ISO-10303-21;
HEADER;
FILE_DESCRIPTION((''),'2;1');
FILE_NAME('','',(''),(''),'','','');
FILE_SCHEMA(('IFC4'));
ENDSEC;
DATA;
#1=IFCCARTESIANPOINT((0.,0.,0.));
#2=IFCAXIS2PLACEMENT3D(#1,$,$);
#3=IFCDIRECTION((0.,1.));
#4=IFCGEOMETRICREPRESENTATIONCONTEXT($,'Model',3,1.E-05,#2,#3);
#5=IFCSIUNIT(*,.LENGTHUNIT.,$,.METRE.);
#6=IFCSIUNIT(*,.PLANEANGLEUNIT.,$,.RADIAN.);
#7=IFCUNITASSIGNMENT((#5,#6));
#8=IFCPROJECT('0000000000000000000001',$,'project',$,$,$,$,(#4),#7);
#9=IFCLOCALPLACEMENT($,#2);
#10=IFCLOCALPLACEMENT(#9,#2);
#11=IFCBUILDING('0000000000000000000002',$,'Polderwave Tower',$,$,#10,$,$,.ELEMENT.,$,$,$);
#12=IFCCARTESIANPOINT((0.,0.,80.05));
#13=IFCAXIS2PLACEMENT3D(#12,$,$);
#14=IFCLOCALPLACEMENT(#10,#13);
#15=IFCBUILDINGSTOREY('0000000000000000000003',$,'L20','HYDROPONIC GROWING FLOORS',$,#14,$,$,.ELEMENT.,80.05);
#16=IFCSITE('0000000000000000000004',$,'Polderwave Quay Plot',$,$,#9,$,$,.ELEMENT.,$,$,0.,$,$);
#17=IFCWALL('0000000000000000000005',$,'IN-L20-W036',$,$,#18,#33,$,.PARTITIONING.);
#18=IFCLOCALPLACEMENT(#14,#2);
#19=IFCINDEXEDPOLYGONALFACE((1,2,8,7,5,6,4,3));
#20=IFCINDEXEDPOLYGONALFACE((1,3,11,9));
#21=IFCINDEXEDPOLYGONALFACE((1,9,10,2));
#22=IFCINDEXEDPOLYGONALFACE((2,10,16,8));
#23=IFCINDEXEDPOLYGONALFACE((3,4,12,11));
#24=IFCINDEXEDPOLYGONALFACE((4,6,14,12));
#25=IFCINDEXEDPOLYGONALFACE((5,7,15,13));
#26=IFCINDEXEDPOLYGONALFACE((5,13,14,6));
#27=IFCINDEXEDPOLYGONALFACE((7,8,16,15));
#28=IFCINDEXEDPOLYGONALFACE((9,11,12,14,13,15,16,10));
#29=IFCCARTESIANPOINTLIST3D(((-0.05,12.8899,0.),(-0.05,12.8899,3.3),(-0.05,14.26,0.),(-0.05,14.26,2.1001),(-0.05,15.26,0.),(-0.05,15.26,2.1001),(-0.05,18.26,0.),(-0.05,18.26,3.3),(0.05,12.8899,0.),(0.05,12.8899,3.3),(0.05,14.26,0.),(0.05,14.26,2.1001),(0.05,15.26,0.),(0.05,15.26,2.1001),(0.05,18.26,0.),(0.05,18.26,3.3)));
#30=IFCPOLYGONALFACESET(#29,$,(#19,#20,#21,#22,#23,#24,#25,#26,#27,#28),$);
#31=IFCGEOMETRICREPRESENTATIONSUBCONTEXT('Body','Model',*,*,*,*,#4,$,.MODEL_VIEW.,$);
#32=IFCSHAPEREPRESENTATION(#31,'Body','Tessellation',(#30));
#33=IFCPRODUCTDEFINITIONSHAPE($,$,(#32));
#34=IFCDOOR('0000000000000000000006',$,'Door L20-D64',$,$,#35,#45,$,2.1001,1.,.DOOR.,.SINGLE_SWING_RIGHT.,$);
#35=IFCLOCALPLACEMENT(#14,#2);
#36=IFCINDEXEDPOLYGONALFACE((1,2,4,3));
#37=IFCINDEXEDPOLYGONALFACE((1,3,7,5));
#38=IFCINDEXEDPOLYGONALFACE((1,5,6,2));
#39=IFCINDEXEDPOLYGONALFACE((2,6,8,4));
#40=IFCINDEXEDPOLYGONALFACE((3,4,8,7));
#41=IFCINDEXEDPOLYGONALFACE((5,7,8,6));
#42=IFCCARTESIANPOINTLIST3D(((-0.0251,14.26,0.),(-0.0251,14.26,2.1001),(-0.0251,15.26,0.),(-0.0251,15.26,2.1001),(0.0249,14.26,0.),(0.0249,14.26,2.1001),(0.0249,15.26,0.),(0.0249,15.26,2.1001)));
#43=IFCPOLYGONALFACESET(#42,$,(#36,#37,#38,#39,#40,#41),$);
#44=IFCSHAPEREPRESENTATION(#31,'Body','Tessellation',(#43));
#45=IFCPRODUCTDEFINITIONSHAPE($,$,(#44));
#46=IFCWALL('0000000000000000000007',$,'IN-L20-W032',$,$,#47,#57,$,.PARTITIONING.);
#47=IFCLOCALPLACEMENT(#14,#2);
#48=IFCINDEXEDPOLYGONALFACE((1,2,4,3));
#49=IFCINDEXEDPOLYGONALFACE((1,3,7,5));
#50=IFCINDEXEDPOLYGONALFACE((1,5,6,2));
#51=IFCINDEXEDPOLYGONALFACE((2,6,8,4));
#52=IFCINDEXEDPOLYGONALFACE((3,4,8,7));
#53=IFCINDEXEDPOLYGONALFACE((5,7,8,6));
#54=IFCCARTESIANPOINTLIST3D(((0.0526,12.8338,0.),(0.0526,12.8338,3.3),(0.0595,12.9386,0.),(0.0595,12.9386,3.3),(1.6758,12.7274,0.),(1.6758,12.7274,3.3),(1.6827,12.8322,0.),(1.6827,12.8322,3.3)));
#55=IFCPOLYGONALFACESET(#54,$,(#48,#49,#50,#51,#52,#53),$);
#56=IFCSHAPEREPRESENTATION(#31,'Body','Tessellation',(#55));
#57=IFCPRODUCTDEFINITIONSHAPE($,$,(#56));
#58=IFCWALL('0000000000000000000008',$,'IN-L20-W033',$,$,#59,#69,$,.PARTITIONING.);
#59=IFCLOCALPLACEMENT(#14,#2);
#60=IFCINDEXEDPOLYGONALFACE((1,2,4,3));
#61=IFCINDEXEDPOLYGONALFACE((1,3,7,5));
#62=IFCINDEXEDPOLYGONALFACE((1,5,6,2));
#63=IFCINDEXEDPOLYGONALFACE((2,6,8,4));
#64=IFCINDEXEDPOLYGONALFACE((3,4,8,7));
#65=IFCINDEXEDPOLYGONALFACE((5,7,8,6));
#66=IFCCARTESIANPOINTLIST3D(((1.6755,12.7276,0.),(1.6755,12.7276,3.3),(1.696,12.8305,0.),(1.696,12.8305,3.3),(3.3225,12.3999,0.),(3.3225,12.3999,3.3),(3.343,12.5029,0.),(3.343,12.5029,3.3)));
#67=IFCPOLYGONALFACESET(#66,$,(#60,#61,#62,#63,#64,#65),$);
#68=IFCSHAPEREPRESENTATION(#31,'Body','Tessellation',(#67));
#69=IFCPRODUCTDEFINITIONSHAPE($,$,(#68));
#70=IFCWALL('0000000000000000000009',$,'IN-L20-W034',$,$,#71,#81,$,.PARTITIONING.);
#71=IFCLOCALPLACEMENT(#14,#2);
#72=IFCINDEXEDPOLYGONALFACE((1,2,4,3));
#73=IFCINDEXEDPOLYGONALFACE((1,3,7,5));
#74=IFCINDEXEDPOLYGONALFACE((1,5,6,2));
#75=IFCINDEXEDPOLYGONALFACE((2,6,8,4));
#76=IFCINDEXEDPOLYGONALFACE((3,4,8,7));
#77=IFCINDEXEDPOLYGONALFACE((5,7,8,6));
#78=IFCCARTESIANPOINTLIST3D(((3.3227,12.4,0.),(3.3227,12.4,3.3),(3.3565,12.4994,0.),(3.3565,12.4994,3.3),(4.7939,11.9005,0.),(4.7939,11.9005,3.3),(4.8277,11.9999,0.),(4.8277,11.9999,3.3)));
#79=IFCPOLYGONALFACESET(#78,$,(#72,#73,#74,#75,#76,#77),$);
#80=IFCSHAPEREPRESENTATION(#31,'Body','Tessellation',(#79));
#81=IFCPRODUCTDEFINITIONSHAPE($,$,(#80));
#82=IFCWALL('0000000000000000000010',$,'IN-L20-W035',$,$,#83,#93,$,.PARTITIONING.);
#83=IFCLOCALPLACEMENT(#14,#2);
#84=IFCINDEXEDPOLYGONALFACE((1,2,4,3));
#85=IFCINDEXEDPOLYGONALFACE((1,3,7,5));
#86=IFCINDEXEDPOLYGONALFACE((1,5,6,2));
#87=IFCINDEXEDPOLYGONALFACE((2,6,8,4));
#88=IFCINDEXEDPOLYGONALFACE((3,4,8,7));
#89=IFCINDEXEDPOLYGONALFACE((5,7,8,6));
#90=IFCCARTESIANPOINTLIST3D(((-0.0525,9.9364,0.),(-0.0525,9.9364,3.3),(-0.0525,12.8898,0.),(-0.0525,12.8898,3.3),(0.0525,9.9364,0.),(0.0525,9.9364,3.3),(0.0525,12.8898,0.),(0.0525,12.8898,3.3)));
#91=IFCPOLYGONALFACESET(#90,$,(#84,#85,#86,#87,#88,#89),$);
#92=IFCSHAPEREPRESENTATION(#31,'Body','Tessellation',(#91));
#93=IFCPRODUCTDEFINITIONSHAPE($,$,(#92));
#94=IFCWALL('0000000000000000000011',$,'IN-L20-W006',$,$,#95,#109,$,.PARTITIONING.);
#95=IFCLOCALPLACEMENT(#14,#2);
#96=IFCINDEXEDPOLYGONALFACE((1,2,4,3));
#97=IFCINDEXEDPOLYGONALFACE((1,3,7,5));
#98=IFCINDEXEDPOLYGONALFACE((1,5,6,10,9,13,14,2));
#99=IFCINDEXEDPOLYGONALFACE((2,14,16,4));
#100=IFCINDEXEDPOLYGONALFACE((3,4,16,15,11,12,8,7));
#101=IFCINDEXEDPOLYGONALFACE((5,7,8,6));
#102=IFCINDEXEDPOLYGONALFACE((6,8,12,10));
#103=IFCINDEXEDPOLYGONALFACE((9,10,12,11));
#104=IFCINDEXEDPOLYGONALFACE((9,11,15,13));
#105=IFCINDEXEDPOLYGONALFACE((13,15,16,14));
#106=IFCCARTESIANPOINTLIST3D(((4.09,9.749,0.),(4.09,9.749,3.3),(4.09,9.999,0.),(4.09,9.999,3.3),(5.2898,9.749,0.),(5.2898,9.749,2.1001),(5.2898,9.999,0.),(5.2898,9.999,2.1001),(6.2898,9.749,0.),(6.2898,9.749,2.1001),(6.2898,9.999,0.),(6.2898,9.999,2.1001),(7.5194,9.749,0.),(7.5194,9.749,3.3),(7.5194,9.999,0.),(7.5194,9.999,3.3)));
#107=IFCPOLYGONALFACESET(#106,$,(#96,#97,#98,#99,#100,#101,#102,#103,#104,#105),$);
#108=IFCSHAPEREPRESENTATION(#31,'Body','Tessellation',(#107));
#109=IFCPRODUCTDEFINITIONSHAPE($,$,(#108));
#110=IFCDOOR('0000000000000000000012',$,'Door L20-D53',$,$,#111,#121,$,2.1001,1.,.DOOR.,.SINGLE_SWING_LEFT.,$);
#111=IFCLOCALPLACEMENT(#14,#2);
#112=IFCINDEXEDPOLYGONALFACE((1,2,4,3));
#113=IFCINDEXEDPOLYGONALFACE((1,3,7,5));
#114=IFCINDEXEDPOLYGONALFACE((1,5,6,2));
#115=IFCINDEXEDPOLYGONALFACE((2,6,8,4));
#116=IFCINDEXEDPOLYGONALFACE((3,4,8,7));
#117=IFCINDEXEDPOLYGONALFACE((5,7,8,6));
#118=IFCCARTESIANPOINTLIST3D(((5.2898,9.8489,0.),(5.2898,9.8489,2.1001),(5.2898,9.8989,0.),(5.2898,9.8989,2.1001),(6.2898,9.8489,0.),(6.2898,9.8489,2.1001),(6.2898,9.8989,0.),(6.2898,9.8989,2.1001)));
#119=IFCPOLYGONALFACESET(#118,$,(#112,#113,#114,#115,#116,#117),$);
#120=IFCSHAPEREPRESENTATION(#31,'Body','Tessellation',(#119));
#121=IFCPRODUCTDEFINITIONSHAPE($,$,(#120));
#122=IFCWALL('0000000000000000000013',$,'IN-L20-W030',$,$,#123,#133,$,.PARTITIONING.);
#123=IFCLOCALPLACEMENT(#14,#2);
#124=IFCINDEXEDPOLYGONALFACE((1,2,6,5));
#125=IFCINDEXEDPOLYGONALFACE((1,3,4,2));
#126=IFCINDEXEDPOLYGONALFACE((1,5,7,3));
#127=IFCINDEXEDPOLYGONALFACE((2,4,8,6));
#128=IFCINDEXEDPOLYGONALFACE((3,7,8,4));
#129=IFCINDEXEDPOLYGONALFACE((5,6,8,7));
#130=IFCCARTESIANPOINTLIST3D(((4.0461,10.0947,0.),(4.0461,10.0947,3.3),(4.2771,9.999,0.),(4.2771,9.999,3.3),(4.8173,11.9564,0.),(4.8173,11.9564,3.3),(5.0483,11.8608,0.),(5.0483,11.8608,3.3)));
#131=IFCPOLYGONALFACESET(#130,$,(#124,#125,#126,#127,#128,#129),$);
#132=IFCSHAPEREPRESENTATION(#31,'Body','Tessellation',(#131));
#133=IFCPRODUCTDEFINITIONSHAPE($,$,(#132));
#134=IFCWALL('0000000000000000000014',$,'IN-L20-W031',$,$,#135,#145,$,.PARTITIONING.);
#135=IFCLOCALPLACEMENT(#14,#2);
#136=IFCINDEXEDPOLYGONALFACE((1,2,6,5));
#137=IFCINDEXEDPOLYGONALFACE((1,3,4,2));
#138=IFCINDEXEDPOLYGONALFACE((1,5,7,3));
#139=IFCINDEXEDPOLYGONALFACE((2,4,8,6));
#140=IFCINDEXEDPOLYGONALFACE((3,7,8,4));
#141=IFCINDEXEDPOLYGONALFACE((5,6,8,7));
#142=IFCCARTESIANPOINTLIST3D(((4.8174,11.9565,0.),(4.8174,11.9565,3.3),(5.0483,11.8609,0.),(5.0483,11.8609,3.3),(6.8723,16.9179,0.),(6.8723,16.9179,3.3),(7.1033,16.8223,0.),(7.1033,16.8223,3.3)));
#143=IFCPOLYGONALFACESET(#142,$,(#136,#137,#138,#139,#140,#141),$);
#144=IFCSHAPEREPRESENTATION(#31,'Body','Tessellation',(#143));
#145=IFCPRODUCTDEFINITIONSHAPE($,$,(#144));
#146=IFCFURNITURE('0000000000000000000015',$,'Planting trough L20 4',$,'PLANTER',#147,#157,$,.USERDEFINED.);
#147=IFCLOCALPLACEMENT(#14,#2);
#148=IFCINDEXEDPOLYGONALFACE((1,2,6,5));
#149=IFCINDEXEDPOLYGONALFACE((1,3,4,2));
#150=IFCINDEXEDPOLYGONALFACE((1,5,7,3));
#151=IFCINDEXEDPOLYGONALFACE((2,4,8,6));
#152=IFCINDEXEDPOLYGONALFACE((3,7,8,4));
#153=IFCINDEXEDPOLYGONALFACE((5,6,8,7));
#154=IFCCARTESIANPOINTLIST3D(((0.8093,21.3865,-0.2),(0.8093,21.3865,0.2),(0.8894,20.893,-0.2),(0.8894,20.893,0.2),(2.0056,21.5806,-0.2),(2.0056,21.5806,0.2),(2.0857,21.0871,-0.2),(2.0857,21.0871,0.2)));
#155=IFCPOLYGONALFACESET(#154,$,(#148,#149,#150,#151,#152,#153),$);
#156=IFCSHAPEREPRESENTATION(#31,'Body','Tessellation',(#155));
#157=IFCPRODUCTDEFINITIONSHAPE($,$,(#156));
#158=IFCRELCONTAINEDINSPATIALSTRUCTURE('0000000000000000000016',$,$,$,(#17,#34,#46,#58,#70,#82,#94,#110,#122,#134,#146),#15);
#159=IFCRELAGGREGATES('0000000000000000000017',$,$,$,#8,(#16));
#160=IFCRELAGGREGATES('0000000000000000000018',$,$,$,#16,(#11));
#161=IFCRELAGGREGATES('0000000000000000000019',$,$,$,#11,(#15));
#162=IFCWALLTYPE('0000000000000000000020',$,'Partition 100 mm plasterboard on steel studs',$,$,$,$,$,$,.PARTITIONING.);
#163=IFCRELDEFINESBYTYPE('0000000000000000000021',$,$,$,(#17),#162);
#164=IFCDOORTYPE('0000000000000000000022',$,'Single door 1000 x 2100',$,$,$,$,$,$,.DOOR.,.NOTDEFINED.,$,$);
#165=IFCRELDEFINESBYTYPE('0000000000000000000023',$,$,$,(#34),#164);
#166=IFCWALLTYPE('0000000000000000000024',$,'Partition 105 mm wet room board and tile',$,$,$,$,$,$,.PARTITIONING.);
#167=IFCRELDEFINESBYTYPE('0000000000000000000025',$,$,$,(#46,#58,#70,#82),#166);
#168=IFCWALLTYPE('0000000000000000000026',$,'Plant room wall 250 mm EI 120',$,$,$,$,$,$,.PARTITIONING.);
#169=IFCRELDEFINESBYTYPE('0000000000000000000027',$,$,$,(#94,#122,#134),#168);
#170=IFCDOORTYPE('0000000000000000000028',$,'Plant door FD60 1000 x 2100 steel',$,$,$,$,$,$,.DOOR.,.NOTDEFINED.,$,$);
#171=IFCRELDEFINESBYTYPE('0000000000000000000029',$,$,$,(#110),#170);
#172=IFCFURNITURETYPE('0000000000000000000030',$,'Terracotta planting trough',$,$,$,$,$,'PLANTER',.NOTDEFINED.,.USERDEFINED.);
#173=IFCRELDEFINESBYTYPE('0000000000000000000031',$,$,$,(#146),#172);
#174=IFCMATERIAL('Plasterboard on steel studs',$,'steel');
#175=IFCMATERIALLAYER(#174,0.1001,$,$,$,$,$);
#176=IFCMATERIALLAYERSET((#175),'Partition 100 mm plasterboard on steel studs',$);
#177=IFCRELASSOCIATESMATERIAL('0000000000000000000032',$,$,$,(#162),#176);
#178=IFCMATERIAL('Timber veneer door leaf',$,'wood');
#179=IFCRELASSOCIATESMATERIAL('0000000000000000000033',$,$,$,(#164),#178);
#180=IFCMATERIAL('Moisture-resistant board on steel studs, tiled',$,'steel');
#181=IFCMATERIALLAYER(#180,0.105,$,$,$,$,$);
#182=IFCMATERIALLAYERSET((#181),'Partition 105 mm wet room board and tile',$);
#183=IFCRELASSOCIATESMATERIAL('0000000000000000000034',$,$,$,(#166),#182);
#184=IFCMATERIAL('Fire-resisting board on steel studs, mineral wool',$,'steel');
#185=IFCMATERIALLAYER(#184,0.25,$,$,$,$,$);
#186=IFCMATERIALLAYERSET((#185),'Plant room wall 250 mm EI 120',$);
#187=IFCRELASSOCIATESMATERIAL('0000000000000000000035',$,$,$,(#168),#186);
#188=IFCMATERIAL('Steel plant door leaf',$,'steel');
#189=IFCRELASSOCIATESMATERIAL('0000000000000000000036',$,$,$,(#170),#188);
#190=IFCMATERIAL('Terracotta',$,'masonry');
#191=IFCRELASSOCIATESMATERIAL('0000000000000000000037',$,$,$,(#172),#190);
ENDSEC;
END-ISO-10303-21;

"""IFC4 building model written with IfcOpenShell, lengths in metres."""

from ifc_helpers import new_model, si_unit, direction, frame, frame_2d, origin, origin_2d, place, context, subcontext, project, spatial, rectangle, extrude, material, layer, layer_set, type_object, element, fill, save


model = new_model("IFC4")

# Units and contexts
model_context = context("Model", 3, precision=1e-05, world=origin(), true_north=direction((0.0, 1.0)))
body_context = subcontext(model_context, "Body", "Model", "MODEL_VIEW")
ifc_project = project(units=[si_unit("LENGTHUNIT", "METRE"), si_unit("PLANEANGLEUNIT", "RADIAN")], contexts=[model_context])

# Site, building, storey
site_placement = place(None, origin())
site = spatial("IfcSite", under=ifc_project, at=site_placement, Name="Polderwave Quay Plot", CompositionType="ELEMENT", RefElevation=0.0)
building_placement = place(site_placement, origin())
building = spatial("IfcBuilding", under=site, at=building_placement, Name="Polderwave Tower", CompositionType="ELEMENT")
storey_placement = place(building_placement, frame((0.0, 0.0, 80.05)))
storey = spatial("IfcBuildingStorey", under=building, at=storey_placement, Name="L20", Description="HYDROPONIC GROWING FLOORS", CompositionType="ELEMENT", Elevation=80.05)

# Wall, opening, door
ifc_material_1 = material(Name="Plasterboard on steel studs", Category="steel")
ifc_layer_1 = layer(ifc_material_1, 0.1001)
ifc_layer_set_1 = layer_set([ifc_layer_1], Name="Partition 100 mm plasterboard on steel studs")
wall_type_1 = type_object("IfcWallType", Name="Partition 100 mm plasterboard on steel studs", PredefinedType="PARTITIONING", material=ifc_layer_set_1)
wall_1_placement = place(storey_placement, frame((0.0, 18.26, 0.0), z_axis=(0.0, 0.0, 1.0), x_axis=(0.0, -1.0, 0.0)))
wall_1 = element("IfcWall", 1, at=wall_1_placement, inside=storey, type_object=wall_type_1, Name="IN-L20-W036", PredefinedType="PARTITIONING", context=body_context, shape_type="SweptSolid", body=[
    extrude(rectangle(XDim=5.3701, YDim=0.1001, at=frame_2d((2.6851, 0.0))), origin(), (0.0, 0.0, 1.0), 3.3),
])
opening_1_placement = place(wall_1_placement, frame((3.0, 0.0, 0.0)))
opening_1 = element("IfcOpeningElement", 2, at=opening_1_placement, cuts=wall_1, PredefinedType="OPENING", context=body_context, shape_type="SweptSolid", body=[
    extrude(rectangle(XDim=1.0, YDim=2.1001, at=frame_2d((0.5, 1.05))), frame((0.0, 0.0601, 0.0), z_axis=(0.0, -1.0, 0.0), x_axis=(1.0, 0.0, 0.0)), (0.0, 0.0, 1.0), 0.1201),
])
ifc_material_2 = material(Name="Timber veneer door leaf", Category="wood")
door_type_1 = type_object("IfcDoorType", Name="Single door 1000 x 2100", OperationType="NOTDEFINED", PredefinedType="DOOR", material=ifc_material_2)
door_1_placement = place(opening_1_placement, origin())
door_1 = element("IfcDoor", 3, at=door_1_placement, inside=storey, type_object=door_type_1, Name="Door L20-D64", OperationType="SINGLE_SWING_RIGHT", OverallHeight=2.1001, OverallWidth=1.0, PredefinedType="DOOR", context=body_context, shape_type="SweptSolid", body=[
    extrude(rectangle(XDim=1.0, YDim=2.1001, at=frame_2d((0.5, 1.05))), frame((0.0, 0.0249, 0.0), z_axis=(0.0, -1.0, 0.0), x_axis=(1.0, 0.0, 0.0)), (0.0, 0.0, 1.0), 0.05),
])
fill(opening_1, door_1)

# Walls
ifc_material_3 = material(Name="Moisture-resistant board on steel studs, tiled", Category="steel")
ifc_layer_2 = layer(ifc_material_3, 0.105)
ifc_layer_set_2 = layer_set([ifc_layer_2], Name="Partition 105 mm wet room board and tile")
wall_type_2 = type_object("IfcWallType", Name="Partition 105 mm wet room board and tile", PredefinedType="PARTITIONING", material=ifc_layer_set_2)
wall_2_placement = place(storey_placement, frame((0.0559, 12.8862, 0.0), z_axis=(0.0, 0.0, 1.0), x_axis=(0.997857, -0.065433, 0.0)))
element("IfcWall", 4, at=wall_2_placement, inside=storey, type_object=wall_type_2, Name="IN-L20-W032", PredefinedType="PARTITIONING", context=body_context, shape_type="SweptSolid", body=[
    extrude(rectangle(XDim=1.6267, YDim=0.105, at=frame_2d((0.8135, 0.0))), origin(), (0.0, 0.0, 1.0), 3.3),
])
wall_3_placement = place(storey_placement, frame((1.6858, 12.7791, 0.0), z_axis=(0.0, 0.0, 1.0), x_axis=(0.980781, -0.19511, 0.0)))
element("IfcWall", 5, at=wall_3_placement, inside=storey, type_object=wall_type_2, Name="IN-L20-W033", PredefinedType="PARTITIONING", context=body_context, shape_type="SweptSolid", body=[
    extrude(rectangle(XDim=1.6792, YDim=0.105, at=frame_2d((0.8396, 0.0))), origin(), (0.0, 0.0, 1.0), 3.3),
])
wall_4_placement = place(storey_placement, frame((3.3396, 12.4497, 0.0), z_axis=(0.0, 0.0, 1.0), x_axis=(0.946909, -0.321503, 0.0)))
element("IfcWall", 6, at=wall_4_placement, inside=storey, type_object=wall_type_2, Name="IN-L20-W034", PredefinedType="PARTITIONING", context=body_context, shape_type="SweptSolid", body=[
    extrude(rectangle(XDim=1.5537, YDim=0.105, at=frame_2d((0.7769, 0.0))), origin(), (0.0, 0.0, 1.0), 3.3),
])
wall_5_placement = place(storey_placement, frame((0.0, 9.9365, 0.0), z_axis=(0.0, 0.0, 1.0), x_axis=(0.0, 1.0, 0.0)))
element("IfcWall", 7, at=wall_5_placement, inside=storey, type_object=wall_type_2, Name="IN-L20-W035", PredefinedType="PARTITIONING", context=body_context, shape_type="SweptSolid", body=[
    extrude(rectangle(XDim=2.9534, YDim=0.105, at=frame_2d((1.4766, 0.0))), origin(), (0.0, 0.0, 1.0), 3.3),
])

# Wall, opening, door
ifc_material_4 = material(Name="Fire-resisting board on steel studs, mineral wool", Category="steel")
ifc_layer_3 = layer(ifc_material_4, 0.25)
ifc_layer_set_3 = layer_set([ifc_layer_3], Name="Plant room wall 250 mm EI 120")
wall_type_3 = type_object("IfcWallType", Name="Plant room wall 250 mm EI 120", PredefinedType="PARTITIONING", material=ifc_layer_set_3)
wall_6_placement = place(storey_placement, frame((4.0898, 9.874, 0.0), z_axis=(0.0, 0.0, 1.0), x_axis=(1.0, 0.0, 0.0)))
wall_6 = element("IfcWall", 8, at=wall_6_placement, inside=storey, type_object=wall_type_3, Name="IN-L20-W006", PredefinedType="PARTITIONING", context=body_context, shape_type="SweptSolid", body=[
    extrude(rectangle(XDim=3.4294, YDim=0.25, at=frame_2d((1.7148, 0.0))), origin(), (0.0, 0.0, 1.0), 3.3),
])
opening_2_placement = place(wall_6_placement, frame((1.2, 0.0, 0.0)))
opening_2 = element("IfcOpeningElement", 9, at=opening_2_placement, cuts=wall_6, PredefinedType="OPENING", context=body_context, shape_type="SweptSolid", body=[
    extrude(rectangle(XDim=1.0, YDim=2.1001, at=frame_2d((0.5, 1.05))), frame((0.0, 0.135, 0.0), z_axis=(0.0, -1.0, 0.0), x_axis=(1.0, 0.0, 0.0)), (0.0, 0.0, 1.0), 0.27),
])
ifc_material_5 = material(Name="Steel plant door leaf", Category="steel")
door_type_2 = type_object("IfcDoorType", Name="Plant door FD60 1000 x 2100 steel", OperationType="NOTDEFINED", PredefinedType="DOOR", material=ifc_material_5)
door_2_placement = place(opening_2_placement, origin())
door_2 = element("IfcDoor", 10, at=door_2_placement, inside=storey, type_object=door_type_2, Name="Door L20-D53", OperationType="SINGLE_SWING_LEFT", OverallHeight=2.1001, OverallWidth=1.0, PredefinedType="DOOR", context=body_context, shape_type="SweptSolid", body=[
    extrude(rectangle(XDim=1.0, YDim=2.1001, at=frame_2d((0.5, 1.05))), frame((0.0, 0.0249, 0.0), z_axis=(0.0, -1.0, 0.0), x_axis=(1.0, 0.0, 0.0)), (0.0, 0.0, 1.0), 0.05),
])
fill(opening_2, door_2)

# Walls
wall_7_placement = place(storey_placement, frame((4.1616, 10.0469, 0.0), z_axis=(0.0, 0.0, 1.0), x_axis=(0.382705, 0.923871, 0.0)))
element("IfcWall", 11, at=wall_7_placement, inside=storey, type_object=wall_type_3, Name="IN-L20-W030", PredefinedType="PARTITIONING", context=body_context, shape_type="SweptSolid", body=[
    extrude(rectangle(XDim=2.0151, YDim=0.25, at=frame_2d((1.0076, 0.0))), origin(), (0.0, 0.0, 1.0), 3.3),
])
wall_8_placement = place(storey_placement, frame((4.9329, 11.9087, 0.0), z_axis=(0.0, 0.0, 1.0), x_axis=(0.382658, 0.92389, 0.0)))
element("IfcWall", 12, at=wall_8_placement, inside=storey, type_object=wall_type_3, Name="IN-L20-W031", PredefinedType="PARTITIONING", context=body_context, shape_type="SweptSolid", body=[
    extrude(rectangle(XDim=5.3701, YDim=0.25, at=frame_2d((2.6851, 0.0))), origin(), (0.0, 0.0, 1.0), 3.3),
])

# Furniture
ifc_material_6 = material(Name="Terracotta", Category="masonry")
furniture_type = type_object("IfcFurnitureType", Name="Terracotta planting trough", ElementType="PLANTER", AssemblyPlace="NOTDEFINED", PredefinedType="USERDEFINED", material=ifc_material_6)
furniture_placement = place(storey_placement, frame((1.4475, 21.2368, -0.2), z_axis=(0.0, 0.0, 1.0), x_axis=(-0.987089, -0.160176, 0.0)))
element("IfcFurniture", 13, at=furniture_placement, inside=storey, type_object=furniture_type, Name="Planting trough L20 4", ObjectType="PLANTER", PredefinedType="USERDEFINED", context=body_context, shape_type="SweptSolid", body=[
    extrude(rectangle(XDim=1.2119, YDim=0.5, at=origin_2d()), origin(), (0.0, 0.0, 1.0), 0.3999),
])

save(model, "model.ifc")
